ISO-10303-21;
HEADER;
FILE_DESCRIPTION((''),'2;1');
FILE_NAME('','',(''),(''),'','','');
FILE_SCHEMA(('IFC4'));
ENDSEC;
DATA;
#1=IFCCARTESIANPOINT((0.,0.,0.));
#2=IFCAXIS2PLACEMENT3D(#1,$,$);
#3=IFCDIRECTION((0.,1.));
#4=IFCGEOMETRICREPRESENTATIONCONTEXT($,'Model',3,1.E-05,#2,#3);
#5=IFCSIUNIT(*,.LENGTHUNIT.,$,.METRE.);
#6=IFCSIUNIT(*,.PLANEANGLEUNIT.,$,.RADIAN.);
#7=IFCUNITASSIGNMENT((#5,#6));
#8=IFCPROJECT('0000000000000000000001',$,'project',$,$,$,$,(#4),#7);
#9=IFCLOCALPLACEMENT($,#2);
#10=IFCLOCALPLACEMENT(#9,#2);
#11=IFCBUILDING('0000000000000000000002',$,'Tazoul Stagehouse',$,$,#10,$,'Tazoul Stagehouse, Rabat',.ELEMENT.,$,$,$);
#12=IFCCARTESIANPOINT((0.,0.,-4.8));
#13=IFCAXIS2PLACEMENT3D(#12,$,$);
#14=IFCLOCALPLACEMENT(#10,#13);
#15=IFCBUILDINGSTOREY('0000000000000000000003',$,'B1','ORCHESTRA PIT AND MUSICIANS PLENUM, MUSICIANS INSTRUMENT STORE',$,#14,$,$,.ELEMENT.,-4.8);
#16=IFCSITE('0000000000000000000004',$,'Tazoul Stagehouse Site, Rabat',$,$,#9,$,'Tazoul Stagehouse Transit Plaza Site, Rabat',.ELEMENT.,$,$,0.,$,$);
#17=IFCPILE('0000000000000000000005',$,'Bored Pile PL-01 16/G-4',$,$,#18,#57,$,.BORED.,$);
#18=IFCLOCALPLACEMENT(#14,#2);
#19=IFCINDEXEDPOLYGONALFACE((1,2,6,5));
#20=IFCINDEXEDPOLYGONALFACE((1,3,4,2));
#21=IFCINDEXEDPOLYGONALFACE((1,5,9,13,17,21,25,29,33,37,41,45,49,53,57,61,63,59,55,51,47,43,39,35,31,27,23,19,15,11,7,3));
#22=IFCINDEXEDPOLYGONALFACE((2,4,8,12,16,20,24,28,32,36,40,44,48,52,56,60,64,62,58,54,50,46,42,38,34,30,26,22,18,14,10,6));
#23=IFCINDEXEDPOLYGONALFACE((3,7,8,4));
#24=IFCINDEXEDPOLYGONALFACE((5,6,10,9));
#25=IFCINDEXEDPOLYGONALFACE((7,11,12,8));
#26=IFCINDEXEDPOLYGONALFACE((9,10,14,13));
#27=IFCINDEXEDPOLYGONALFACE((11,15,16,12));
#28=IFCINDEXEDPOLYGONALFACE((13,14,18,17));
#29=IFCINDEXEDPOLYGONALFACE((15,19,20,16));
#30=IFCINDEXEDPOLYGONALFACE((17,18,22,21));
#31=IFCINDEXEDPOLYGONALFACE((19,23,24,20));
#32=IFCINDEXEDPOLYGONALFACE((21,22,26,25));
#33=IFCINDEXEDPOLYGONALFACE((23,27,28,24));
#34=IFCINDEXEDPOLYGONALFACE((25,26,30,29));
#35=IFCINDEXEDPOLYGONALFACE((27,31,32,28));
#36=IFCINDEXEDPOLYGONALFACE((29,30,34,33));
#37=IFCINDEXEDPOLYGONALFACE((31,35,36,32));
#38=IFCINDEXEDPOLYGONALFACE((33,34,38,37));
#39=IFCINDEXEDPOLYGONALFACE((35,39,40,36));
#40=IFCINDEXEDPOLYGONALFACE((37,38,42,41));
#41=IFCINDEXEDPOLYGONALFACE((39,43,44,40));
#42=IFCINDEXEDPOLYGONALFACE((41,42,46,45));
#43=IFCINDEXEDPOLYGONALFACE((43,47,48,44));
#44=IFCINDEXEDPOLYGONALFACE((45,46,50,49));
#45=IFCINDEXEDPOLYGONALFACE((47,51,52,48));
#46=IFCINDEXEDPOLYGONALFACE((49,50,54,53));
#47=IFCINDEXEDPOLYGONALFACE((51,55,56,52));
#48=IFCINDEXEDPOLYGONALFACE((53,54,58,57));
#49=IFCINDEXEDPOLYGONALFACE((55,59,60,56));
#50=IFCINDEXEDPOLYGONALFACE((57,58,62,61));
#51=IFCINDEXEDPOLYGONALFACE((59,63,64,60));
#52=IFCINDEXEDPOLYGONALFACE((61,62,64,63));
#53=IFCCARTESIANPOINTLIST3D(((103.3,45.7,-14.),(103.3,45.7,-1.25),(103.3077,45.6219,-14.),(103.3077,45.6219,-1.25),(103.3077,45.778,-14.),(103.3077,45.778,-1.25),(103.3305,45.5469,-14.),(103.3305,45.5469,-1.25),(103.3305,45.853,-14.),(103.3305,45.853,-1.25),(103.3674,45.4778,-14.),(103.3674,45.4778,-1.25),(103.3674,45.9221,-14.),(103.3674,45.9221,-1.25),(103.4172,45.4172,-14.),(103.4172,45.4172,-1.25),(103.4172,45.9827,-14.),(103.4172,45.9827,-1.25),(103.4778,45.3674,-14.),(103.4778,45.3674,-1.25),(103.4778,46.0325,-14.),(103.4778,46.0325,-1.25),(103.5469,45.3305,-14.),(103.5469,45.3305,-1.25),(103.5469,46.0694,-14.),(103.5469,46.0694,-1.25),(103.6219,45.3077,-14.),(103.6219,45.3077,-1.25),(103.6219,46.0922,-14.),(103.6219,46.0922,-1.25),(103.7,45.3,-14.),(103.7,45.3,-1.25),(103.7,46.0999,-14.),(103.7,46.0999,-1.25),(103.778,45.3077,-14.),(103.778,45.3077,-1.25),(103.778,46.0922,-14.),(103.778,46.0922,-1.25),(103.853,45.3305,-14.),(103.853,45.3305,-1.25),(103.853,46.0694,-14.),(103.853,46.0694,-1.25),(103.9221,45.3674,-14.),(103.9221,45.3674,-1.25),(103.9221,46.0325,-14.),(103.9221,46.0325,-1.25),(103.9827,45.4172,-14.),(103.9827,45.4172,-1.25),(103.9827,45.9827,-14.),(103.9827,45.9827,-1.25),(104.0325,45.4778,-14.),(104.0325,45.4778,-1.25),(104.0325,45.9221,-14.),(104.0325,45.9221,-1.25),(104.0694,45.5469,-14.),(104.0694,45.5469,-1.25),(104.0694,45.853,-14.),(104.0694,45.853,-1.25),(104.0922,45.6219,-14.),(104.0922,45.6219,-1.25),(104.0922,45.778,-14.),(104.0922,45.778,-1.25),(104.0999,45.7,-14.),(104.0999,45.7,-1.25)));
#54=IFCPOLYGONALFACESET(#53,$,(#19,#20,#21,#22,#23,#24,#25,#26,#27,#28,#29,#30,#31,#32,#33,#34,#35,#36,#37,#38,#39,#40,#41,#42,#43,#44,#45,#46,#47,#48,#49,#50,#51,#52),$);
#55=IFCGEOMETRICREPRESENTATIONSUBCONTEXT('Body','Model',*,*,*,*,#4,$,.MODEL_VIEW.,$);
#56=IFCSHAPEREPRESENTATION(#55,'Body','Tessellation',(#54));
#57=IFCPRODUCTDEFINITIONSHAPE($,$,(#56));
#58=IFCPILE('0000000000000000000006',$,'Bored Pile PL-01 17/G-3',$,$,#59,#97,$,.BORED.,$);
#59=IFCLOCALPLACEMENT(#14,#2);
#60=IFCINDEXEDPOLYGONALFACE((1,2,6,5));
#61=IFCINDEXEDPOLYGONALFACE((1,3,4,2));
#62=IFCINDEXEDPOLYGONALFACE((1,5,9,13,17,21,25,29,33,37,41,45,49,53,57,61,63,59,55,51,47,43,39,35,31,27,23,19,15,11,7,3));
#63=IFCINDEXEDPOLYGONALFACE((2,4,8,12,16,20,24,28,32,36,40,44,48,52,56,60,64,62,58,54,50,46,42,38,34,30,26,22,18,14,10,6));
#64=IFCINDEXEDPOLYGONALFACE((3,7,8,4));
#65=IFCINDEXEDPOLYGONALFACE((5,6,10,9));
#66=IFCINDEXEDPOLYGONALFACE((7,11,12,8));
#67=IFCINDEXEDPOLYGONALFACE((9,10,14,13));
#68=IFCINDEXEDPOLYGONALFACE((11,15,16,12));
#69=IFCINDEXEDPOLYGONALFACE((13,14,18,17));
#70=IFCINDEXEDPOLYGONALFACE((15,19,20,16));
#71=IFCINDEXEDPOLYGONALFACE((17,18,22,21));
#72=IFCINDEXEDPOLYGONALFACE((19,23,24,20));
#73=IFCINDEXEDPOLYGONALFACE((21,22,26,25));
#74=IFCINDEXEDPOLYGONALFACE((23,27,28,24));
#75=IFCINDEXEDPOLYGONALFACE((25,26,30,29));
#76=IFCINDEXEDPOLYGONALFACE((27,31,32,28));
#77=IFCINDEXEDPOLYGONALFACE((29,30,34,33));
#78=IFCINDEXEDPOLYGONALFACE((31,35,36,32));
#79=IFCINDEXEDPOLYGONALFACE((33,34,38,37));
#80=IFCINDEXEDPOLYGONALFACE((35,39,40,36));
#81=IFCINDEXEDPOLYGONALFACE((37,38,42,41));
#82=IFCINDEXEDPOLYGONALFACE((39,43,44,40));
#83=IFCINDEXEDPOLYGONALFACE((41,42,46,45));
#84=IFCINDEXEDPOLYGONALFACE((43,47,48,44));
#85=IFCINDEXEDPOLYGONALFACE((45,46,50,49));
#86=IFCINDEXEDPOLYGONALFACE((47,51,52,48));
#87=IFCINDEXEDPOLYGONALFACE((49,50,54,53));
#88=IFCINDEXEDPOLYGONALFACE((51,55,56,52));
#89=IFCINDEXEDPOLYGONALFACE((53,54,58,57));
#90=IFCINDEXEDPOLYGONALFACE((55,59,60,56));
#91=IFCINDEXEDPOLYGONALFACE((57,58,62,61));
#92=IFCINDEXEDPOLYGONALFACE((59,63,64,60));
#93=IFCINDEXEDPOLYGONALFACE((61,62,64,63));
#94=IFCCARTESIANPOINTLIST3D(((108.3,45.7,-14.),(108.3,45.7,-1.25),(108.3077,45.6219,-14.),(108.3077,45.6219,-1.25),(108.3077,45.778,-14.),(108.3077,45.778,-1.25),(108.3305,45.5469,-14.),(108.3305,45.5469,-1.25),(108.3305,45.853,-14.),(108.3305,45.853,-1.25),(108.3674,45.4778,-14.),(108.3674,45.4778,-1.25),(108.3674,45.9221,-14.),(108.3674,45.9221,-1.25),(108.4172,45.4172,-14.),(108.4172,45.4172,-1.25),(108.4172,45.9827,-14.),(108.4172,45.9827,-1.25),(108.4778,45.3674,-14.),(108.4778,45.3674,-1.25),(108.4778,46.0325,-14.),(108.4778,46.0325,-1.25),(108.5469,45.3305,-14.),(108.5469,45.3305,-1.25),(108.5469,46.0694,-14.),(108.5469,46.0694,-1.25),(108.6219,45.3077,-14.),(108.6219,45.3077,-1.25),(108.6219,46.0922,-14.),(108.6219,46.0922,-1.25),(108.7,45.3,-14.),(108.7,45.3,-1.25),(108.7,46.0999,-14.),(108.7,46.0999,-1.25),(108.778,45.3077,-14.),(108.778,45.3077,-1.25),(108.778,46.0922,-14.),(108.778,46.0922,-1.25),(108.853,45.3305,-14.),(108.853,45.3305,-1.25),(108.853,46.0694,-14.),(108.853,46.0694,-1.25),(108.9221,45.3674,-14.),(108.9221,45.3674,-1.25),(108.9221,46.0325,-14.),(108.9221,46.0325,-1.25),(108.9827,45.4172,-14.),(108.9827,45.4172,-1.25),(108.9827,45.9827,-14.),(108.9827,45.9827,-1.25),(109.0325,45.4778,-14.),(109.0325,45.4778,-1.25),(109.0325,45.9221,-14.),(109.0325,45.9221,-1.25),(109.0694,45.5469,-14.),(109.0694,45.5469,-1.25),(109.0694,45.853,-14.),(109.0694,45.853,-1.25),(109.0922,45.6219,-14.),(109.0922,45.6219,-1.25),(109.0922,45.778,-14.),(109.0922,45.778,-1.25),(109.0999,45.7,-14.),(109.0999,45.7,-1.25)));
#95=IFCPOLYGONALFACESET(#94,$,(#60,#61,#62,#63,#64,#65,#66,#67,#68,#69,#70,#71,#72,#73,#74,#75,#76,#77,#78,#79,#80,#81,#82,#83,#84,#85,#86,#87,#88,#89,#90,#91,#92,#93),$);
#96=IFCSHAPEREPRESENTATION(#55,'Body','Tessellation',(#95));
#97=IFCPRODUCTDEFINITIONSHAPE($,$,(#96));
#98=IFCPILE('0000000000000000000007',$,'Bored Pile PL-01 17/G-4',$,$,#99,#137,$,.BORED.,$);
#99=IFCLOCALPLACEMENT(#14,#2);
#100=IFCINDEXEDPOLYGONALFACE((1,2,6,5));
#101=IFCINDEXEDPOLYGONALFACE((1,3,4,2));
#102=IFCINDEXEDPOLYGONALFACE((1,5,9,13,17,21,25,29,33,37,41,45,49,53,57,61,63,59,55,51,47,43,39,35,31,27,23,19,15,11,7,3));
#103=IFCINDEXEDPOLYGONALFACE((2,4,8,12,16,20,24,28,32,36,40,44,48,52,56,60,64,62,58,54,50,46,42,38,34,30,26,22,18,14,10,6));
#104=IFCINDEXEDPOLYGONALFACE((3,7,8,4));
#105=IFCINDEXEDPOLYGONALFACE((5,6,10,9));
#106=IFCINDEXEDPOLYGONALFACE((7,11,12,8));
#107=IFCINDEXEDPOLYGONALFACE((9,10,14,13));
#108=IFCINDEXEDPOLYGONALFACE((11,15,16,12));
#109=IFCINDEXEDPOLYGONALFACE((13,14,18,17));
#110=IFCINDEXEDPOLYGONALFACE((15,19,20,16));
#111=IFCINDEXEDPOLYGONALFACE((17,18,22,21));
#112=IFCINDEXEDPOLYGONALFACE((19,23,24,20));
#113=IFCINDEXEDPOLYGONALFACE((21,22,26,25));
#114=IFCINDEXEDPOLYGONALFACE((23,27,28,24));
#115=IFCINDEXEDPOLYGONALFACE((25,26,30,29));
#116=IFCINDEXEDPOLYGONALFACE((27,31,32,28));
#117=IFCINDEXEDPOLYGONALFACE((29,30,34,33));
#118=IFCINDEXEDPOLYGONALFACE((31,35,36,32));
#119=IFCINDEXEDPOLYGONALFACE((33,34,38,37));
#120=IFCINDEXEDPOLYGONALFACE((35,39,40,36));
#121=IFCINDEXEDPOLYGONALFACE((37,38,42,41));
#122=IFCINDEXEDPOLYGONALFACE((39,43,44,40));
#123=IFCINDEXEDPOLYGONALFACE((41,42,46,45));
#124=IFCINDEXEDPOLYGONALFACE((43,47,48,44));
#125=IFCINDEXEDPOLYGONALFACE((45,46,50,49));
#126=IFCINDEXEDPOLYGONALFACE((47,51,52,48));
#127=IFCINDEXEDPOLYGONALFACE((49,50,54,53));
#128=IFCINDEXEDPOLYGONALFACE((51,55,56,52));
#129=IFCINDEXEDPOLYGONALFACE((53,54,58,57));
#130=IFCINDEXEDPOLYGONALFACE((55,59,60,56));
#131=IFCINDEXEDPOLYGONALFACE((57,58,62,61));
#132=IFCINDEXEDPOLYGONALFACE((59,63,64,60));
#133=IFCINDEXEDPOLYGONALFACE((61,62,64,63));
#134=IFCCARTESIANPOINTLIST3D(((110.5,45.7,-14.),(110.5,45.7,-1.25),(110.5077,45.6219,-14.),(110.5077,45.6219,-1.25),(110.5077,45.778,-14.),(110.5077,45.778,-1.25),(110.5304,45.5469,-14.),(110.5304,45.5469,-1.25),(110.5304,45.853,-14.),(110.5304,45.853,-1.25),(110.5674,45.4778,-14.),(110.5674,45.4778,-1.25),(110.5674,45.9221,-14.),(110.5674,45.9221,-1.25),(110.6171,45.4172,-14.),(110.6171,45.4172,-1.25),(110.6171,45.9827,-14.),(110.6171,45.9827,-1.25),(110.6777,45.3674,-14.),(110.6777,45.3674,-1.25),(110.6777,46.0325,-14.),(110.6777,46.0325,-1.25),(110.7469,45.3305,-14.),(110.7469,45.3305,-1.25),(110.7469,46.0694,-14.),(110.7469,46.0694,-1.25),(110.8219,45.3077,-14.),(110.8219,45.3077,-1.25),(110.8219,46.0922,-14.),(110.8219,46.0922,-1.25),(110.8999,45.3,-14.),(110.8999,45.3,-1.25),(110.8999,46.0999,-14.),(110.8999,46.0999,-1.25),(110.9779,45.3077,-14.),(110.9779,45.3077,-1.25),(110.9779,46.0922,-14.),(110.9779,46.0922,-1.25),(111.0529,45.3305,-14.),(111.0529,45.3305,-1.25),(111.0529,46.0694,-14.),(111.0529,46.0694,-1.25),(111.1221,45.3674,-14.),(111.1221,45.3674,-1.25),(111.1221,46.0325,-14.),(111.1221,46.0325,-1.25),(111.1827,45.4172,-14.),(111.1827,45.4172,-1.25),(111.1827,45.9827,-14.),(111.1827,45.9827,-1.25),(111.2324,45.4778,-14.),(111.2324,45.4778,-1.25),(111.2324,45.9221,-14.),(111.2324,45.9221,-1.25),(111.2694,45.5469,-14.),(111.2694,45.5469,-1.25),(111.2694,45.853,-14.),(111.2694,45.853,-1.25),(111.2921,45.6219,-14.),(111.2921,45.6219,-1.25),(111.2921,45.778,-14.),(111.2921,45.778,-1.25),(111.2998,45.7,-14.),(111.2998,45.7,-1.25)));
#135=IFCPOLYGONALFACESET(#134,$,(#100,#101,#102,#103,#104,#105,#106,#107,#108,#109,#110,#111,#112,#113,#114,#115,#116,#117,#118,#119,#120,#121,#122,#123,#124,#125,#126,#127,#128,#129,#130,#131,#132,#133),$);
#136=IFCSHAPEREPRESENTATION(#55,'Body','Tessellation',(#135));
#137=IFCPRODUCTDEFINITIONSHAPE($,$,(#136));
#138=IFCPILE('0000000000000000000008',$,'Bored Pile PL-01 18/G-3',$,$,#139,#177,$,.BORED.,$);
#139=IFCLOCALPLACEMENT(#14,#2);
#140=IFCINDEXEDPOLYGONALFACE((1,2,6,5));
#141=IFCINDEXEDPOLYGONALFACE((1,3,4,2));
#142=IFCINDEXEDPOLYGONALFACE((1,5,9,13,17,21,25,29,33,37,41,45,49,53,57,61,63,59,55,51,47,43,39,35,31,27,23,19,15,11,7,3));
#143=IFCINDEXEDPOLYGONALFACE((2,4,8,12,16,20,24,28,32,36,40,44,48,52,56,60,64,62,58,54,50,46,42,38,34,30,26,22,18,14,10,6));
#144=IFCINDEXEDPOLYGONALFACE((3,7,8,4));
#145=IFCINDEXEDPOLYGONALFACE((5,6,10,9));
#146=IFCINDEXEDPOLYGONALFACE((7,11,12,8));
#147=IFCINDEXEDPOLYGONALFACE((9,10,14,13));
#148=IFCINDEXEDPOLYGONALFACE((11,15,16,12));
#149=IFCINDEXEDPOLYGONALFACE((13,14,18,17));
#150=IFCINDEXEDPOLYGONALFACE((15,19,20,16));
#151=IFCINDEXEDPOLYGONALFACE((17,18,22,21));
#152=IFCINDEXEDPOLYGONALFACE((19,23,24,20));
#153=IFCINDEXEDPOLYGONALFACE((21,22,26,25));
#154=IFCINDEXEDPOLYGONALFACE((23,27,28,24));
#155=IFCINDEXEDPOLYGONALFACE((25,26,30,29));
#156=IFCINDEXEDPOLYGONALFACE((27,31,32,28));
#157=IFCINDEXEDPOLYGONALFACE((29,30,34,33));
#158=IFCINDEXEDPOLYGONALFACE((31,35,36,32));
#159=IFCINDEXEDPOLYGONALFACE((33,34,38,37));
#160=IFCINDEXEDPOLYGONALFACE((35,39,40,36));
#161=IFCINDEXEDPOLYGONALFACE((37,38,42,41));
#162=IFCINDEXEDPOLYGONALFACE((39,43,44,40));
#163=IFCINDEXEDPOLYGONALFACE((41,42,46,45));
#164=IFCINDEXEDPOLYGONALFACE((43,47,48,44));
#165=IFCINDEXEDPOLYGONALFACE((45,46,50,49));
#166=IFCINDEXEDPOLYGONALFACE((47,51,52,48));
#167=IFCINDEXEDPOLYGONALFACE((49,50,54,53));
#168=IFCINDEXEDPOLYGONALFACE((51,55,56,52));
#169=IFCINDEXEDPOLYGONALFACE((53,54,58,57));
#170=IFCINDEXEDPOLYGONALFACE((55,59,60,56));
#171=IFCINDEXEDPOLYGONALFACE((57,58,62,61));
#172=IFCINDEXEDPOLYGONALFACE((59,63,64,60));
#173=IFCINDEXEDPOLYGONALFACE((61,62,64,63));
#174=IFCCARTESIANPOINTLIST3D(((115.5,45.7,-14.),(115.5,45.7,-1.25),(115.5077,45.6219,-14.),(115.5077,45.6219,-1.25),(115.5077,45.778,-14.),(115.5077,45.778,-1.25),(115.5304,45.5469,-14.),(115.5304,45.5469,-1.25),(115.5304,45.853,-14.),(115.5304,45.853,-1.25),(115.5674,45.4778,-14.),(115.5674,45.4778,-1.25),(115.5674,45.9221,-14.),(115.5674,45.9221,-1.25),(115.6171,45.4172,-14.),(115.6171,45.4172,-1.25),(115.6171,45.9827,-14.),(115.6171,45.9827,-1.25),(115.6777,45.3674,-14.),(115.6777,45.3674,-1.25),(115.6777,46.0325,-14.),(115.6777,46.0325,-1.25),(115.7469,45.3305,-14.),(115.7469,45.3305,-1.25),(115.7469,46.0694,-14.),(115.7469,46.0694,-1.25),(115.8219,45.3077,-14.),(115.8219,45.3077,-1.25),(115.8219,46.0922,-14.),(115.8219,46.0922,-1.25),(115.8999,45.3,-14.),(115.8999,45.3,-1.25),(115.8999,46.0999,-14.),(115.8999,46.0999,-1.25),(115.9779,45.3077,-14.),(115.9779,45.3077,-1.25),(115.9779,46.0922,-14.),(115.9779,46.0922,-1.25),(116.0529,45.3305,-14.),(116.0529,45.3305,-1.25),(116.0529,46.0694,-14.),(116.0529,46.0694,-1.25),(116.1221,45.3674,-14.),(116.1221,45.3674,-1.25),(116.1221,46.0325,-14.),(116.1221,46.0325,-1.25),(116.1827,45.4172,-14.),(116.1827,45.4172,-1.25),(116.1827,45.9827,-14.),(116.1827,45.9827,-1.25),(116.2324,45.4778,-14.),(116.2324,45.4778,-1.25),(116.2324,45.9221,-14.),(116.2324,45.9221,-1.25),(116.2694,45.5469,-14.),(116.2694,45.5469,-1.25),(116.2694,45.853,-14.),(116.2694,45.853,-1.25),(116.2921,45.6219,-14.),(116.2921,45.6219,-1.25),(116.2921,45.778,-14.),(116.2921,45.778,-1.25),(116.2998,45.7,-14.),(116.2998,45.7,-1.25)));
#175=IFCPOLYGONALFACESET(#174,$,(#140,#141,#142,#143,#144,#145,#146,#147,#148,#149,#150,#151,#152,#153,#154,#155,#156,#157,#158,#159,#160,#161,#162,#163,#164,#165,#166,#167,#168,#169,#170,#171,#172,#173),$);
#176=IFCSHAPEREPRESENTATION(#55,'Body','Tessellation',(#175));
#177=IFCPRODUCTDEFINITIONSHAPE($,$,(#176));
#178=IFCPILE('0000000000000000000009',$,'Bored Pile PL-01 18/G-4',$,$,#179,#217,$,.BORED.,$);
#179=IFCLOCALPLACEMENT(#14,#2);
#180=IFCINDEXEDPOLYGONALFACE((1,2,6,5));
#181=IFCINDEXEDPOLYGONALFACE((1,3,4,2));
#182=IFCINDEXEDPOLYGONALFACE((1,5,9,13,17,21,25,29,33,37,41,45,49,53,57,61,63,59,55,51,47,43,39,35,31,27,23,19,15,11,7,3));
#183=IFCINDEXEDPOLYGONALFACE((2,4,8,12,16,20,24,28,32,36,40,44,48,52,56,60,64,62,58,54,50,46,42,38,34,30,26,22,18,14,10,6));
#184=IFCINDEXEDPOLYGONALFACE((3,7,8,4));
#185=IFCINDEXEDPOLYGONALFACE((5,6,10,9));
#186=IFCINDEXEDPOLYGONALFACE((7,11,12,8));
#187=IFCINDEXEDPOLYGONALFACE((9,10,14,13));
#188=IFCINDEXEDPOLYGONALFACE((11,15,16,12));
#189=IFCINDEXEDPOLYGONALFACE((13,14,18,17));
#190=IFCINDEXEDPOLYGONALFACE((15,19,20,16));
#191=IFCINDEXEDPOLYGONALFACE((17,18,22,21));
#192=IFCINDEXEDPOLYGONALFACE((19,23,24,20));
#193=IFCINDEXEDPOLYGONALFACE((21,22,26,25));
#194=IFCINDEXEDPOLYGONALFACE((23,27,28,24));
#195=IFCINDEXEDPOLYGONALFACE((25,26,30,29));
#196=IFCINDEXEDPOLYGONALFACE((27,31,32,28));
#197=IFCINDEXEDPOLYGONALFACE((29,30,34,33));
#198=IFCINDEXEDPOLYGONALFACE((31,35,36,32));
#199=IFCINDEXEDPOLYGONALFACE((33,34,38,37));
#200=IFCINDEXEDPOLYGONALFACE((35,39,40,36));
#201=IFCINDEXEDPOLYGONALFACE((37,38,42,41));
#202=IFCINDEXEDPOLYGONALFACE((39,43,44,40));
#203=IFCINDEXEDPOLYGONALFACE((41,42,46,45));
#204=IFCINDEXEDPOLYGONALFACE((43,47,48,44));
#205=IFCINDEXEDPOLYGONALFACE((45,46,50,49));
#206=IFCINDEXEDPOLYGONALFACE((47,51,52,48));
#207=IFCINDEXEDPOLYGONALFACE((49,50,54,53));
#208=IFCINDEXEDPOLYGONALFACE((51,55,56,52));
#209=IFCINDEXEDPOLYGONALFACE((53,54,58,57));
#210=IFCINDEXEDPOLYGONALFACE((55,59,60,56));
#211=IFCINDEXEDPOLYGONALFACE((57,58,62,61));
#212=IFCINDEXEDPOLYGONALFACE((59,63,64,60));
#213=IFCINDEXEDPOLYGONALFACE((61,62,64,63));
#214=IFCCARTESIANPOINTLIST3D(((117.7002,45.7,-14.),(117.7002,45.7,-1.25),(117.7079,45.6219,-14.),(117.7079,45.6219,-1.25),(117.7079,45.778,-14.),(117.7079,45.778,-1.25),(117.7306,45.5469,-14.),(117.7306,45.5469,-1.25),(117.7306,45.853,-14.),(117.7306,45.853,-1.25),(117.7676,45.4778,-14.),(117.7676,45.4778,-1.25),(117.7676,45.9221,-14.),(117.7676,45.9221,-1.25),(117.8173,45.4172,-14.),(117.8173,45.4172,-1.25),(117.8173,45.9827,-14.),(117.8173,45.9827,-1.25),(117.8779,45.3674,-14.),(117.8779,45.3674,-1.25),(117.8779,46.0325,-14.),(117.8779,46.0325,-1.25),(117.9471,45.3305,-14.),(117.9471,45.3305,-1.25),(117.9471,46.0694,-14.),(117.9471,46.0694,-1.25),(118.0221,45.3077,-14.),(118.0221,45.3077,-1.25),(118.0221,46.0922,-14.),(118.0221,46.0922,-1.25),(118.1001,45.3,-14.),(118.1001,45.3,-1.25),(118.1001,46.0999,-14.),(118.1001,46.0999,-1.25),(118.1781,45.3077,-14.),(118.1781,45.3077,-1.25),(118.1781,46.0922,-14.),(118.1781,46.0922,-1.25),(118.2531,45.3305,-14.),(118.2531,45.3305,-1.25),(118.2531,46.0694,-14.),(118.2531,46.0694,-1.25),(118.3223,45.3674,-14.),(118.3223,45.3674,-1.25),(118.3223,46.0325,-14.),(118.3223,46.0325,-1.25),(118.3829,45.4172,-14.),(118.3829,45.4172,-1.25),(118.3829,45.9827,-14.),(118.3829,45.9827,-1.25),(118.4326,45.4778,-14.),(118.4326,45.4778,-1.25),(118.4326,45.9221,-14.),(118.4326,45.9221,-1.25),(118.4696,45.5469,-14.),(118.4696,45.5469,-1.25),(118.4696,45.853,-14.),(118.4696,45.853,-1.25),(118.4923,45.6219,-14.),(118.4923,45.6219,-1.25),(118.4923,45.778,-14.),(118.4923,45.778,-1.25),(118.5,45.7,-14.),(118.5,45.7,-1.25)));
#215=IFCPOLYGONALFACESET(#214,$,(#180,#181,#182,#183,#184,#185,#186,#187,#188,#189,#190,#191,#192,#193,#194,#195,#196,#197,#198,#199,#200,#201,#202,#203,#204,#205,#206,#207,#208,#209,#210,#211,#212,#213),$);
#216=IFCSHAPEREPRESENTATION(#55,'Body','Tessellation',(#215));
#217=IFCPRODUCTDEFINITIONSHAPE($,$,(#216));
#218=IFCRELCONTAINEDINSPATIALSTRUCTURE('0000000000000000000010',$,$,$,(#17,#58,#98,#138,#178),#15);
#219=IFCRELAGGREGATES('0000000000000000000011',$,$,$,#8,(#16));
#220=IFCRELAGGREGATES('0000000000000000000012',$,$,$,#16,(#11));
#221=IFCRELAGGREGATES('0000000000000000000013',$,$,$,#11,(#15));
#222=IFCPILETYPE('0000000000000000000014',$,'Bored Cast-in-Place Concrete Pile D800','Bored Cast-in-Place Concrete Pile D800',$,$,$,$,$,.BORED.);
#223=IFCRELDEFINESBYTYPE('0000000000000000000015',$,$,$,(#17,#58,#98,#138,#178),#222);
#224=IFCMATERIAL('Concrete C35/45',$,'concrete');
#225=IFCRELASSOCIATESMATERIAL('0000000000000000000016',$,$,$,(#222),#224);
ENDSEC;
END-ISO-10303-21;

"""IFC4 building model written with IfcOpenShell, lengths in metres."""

from ifc_helpers import new_model, si_unit, direction, frame, origin, origin_2d, place, context, subcontext, project, spatial, circle, extrude, material, material_profile, profile_set, type_object, element, save


model = new_model("IFC4")

# Units and contexts
model_context = context("Model", 3, precision=1e-05, world=origin(), true_north=direction((0.0, 1.0)))
body_context = subcontext(model_context, "Body", "Model", "MODEL_VIEW")
ifc_project = project(units=[si_unit("LENGTHUNIT", "METRE"), si_unit("PLANEANGLEUNIT", "RADIAN")], contexts=[model_context])

# Site, building, storey
site_placement = place(None, origin())
site = spatial("IfcSite", under=ifc_project, at=site_placement, Name="Tazoul Stagehouse Site, Rabat", LongName="Tazoul Stagehouse Transit Plaza Site, Rabat", CompositionType="ELEMENT", RefElevation=0.0)
building_placement = place(site_placement, origin())
building = spatial("IfcBuilding", under=site, at=building_placement, Name="Tazoul Stagehouse", LongName="Tazoul Stagehouse, Rabat", CompositionType="ELEMENT")
storey_placement = place(building_placement, frame((0.0, 0.0, -4.8)))
storey = spatial("IfcBuildingStorey", under=building, at=storey_placement, Name="B1", Description="ORCHESTRA PIT AND MUSICIANS PLENUM, MUSICIANS INSTRUMENT STORE", CompositionType="ELEMENT", Elevation=-4.8)

# Piles
ifc_material_1 = material(Name="Concrete C35/45", Category="concrete")
ifc_material_profile_1 = material_profile(ifc_material_1, circle(Radius=0.3999, at=origin_2d()), Name="BORED PILE 800")
ifc_profile_set_1 = profile_set([ifc_material_profile_1], Name="Concrete C35/45")
pile_type_1 = type_object("IfcPileType", Name="Bored Cast-in-Place Concrete Pile D800", Description="Bored Cast-in-Place Concrete Pile D800", PredefinedType="BORED", material=ifc_profile_set_1)
for number, where, z_axis, x_axis, name in (
    (1, (103.7, 45.7, -1.25), (0.0, 0.0, -1.0), (1.0, 0.0, 0.0), "Bored Pile PL-01 16/G-4"),
    (2, (108.7, 45.7, -1.25), (0.0, 0.0, -1.0), (1.0, 0.0, 0.0), "Bored Pile PL-01 17/G-3"),
    (3, (110.8999, 45.7, -1.25), (0.0, 0.0, -1.0), (1.0, 0.0, 0.0), "Bored Pile PL-01 17/G-4"),
    (4, (115.8999, 45.7, -1.25), (0.0, 0.0, -1.0), (1.0, 0.0, 0.0), "Bored Pile PL-01 18/G-3"),
    (5, (118.1001, 45.7, -1.25), (0.0, 0.0, -1.0), (1.0, 0.0, 0.0), "Bored Pile PL-01 18/G-4"),
):
    element("IfcPile", number, at=place(storey_placement, frame(where, z_axis=z_axis, x_axis=x_axis)), inside=storey, type_object=pile_type_1, Name=name, PredefinedType="BORED", context=body_context, shape_type="SweptSolid", body=[
        extrude(circle(Radius=0.3999, at=origin_2d()), origin(), (0.0, 0.0, 1.0), 12.75),
    ])

save(model, "model.ifc")
